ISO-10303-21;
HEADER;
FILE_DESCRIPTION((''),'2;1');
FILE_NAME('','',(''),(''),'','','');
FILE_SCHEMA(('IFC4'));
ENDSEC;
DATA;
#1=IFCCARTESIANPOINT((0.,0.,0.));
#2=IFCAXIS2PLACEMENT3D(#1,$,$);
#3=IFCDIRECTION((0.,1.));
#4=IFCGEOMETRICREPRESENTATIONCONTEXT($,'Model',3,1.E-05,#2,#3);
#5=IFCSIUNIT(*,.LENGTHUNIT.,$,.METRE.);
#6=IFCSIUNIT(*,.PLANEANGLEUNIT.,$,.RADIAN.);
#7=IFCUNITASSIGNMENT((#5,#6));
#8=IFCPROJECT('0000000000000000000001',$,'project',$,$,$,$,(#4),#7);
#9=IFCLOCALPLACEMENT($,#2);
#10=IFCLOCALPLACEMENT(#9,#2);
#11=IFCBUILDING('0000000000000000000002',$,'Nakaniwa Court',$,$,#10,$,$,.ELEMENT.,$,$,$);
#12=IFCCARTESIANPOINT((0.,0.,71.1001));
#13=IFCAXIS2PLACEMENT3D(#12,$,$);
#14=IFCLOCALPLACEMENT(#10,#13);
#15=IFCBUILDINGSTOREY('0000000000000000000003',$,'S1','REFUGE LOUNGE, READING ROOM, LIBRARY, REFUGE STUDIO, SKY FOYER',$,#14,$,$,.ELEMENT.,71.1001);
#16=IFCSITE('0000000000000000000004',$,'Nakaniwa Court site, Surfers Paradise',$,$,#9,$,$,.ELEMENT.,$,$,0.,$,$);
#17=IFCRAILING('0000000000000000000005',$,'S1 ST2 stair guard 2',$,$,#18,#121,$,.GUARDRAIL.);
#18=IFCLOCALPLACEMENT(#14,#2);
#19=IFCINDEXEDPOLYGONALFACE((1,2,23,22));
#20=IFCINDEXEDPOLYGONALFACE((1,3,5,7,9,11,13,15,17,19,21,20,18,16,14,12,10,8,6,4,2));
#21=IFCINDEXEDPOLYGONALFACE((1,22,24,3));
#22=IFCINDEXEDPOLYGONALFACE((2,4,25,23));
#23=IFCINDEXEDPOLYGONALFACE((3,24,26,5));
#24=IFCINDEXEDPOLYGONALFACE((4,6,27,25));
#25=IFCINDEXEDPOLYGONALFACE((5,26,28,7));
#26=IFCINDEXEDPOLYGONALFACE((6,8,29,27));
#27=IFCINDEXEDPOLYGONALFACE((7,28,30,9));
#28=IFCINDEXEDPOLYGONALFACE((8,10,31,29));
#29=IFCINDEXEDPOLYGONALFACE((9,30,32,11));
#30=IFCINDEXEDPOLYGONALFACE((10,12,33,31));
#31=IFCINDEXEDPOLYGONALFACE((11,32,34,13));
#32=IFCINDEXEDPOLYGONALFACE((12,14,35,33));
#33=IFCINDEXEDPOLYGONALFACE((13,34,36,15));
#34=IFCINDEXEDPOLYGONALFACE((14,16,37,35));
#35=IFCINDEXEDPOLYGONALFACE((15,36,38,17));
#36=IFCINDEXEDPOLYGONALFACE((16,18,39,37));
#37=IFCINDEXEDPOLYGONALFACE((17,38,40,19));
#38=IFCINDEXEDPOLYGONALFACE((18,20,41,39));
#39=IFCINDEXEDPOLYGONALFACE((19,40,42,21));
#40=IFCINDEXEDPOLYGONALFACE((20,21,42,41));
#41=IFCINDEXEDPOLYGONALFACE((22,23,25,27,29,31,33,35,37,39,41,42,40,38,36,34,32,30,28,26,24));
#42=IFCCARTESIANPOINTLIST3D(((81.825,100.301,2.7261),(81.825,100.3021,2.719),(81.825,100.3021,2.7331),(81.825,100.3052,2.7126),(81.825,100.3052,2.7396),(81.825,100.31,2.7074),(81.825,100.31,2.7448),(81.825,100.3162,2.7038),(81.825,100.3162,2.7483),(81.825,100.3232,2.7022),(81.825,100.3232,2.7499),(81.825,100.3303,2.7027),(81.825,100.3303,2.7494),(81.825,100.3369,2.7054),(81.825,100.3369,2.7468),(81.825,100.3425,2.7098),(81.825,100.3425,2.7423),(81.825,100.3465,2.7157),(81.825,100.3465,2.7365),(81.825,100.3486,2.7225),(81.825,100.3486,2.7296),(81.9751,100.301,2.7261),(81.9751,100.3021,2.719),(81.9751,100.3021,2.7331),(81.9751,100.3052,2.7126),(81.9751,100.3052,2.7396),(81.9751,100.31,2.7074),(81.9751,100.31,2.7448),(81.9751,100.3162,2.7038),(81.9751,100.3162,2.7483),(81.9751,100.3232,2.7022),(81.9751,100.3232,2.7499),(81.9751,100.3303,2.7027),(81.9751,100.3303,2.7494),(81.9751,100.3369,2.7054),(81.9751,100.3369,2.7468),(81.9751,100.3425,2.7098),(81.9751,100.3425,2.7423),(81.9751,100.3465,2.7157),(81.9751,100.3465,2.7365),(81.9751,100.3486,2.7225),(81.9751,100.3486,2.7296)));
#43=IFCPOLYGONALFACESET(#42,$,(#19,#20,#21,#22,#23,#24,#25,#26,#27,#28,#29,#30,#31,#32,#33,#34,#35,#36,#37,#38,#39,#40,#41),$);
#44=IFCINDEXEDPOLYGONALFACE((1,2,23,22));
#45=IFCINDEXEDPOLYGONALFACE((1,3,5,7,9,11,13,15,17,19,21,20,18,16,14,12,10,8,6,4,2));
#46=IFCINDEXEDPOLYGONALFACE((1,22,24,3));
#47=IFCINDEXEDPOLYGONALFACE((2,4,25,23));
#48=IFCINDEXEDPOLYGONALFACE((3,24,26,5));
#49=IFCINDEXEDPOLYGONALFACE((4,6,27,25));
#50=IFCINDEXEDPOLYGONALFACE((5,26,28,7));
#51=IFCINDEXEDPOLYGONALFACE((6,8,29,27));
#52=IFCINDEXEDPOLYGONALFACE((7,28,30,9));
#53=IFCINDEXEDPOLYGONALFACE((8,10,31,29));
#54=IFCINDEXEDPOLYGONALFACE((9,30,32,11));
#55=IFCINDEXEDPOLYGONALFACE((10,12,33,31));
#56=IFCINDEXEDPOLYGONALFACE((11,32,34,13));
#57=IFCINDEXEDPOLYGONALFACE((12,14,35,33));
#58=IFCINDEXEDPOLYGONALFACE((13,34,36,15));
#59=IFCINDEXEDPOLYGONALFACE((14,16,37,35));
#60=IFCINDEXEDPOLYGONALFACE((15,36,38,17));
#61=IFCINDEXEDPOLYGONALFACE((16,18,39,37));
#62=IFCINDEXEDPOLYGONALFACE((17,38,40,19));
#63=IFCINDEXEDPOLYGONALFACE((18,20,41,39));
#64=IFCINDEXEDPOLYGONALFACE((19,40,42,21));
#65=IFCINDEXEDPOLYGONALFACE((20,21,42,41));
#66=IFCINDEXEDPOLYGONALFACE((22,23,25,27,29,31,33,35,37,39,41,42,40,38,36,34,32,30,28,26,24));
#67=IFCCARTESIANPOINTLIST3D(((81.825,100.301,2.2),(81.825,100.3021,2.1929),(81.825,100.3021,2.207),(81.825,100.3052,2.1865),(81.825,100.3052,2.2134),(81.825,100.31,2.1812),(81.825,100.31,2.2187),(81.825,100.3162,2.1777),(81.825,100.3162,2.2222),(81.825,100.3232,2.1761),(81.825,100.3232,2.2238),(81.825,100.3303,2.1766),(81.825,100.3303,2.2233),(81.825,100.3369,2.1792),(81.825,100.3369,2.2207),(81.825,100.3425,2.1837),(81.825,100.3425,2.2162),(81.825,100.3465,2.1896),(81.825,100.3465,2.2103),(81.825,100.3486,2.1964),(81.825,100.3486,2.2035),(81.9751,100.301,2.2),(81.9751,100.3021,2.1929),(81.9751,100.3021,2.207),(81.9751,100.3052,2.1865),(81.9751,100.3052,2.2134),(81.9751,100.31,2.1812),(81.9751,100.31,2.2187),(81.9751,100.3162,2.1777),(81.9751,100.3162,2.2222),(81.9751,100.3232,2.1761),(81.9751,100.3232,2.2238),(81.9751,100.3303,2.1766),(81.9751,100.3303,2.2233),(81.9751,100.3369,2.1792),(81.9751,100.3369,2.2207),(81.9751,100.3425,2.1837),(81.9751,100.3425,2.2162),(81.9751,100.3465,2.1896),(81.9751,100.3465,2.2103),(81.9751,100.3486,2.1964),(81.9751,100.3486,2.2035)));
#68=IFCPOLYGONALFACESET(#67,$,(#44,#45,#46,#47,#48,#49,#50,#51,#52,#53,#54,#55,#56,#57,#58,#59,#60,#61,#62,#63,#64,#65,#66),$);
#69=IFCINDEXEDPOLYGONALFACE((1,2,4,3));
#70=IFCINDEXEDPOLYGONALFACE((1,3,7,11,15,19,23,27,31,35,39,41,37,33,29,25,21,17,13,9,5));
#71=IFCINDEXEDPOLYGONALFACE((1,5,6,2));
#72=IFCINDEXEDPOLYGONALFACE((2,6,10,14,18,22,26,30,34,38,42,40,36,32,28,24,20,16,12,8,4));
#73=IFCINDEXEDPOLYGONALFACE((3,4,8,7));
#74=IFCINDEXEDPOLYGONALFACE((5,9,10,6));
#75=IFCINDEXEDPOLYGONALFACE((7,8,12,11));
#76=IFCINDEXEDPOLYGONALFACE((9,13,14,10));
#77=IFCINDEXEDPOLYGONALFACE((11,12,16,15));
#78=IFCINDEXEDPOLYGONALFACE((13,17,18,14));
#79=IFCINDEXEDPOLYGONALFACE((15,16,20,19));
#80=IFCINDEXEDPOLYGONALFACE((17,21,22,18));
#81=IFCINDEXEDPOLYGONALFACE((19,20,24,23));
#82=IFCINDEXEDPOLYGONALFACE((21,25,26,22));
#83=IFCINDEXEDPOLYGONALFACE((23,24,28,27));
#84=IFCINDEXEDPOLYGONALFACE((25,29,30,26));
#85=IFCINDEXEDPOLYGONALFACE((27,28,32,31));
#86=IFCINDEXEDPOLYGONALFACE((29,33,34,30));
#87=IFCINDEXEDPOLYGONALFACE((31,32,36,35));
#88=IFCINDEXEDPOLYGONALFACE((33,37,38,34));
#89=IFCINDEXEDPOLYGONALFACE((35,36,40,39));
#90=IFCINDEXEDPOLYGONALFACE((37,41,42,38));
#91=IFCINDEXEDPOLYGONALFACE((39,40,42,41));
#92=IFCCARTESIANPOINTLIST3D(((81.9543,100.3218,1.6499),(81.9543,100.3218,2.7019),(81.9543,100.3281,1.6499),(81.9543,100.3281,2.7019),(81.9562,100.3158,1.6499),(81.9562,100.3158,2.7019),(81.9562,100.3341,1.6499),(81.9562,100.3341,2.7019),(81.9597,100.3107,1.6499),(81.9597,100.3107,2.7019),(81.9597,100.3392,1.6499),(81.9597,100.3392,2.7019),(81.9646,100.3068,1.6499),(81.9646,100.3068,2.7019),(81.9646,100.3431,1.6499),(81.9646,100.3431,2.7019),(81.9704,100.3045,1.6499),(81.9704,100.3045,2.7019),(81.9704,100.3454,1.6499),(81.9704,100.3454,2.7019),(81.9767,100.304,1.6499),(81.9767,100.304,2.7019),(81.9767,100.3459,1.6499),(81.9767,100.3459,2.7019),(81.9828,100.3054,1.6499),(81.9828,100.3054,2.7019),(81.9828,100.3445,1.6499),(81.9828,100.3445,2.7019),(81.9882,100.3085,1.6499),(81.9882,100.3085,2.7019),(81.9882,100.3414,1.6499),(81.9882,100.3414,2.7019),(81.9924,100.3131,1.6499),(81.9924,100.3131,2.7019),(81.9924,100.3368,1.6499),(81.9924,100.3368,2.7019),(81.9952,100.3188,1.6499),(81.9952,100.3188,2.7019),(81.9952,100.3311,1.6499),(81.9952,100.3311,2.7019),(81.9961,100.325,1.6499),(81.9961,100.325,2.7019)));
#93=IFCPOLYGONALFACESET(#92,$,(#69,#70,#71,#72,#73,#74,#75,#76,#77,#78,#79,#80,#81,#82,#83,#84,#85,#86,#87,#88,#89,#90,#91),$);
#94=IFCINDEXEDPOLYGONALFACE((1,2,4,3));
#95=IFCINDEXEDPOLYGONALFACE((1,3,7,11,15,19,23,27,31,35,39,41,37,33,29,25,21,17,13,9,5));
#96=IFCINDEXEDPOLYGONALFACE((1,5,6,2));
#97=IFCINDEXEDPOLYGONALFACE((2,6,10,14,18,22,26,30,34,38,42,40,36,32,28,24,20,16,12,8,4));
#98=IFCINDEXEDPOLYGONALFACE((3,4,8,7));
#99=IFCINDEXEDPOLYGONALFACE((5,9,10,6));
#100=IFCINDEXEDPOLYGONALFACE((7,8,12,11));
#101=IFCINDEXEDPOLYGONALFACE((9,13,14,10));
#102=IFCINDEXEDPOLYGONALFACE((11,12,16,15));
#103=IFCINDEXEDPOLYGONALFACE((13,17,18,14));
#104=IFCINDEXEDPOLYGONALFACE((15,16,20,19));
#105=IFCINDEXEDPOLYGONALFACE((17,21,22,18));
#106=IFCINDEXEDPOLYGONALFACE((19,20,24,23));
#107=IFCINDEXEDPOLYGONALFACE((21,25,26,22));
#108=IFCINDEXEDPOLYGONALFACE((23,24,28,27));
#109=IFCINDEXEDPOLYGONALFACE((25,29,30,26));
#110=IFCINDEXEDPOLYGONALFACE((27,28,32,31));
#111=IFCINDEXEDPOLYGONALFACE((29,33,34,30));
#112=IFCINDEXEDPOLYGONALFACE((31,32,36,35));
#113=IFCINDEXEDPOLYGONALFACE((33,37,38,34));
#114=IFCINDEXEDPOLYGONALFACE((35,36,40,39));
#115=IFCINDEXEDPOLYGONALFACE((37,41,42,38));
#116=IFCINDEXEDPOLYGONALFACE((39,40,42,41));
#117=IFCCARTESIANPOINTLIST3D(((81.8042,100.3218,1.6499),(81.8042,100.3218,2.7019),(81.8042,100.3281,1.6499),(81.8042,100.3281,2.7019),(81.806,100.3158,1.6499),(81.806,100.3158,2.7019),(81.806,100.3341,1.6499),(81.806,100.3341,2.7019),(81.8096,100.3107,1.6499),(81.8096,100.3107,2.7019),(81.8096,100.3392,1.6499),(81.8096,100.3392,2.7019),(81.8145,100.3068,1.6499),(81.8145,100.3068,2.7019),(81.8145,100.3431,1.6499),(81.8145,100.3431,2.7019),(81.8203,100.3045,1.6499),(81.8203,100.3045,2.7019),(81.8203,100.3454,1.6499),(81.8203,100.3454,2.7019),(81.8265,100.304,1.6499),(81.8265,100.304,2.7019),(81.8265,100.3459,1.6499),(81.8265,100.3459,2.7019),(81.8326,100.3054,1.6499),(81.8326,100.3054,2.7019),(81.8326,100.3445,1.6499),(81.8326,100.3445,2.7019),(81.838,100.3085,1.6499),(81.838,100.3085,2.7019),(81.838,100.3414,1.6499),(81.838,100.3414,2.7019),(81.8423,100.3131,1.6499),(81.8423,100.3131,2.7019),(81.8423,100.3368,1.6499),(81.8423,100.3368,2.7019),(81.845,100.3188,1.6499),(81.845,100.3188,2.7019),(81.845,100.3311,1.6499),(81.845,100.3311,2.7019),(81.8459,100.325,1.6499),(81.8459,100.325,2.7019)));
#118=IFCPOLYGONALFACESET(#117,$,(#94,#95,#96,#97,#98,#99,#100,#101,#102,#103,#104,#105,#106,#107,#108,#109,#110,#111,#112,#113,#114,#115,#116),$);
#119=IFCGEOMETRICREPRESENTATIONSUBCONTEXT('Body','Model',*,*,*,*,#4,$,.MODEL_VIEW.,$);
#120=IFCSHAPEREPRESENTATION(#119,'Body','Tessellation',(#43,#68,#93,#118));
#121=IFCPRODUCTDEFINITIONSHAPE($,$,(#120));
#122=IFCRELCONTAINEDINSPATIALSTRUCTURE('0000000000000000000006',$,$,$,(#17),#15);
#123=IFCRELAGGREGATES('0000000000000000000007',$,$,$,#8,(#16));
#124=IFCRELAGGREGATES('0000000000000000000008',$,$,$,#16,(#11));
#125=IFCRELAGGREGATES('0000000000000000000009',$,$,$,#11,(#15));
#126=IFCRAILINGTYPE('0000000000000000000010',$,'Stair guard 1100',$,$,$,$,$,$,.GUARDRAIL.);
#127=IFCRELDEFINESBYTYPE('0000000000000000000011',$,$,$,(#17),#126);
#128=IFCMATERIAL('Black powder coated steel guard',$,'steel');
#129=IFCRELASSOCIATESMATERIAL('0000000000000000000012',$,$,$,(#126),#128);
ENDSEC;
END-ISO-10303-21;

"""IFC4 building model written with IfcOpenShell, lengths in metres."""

from ifc_helpers import new_model, si_unit, direction, frame, origin, origin_2d, place, context, subcontext, project, spatial, circle, extrude, material, type_object, element, save


model = new_model("IFC4")

# Units and contexts
model_context = context("Model", 3, precision=1e-05, world=origin(), true_north=direction((0.0, 1.0)))
body_context = subcontext(model_context, "Body", "Model", "MODEL_VIEW")
ifc_project = project(units=[si_unit("LENGTHUNIT", "METRE"), si_unit("PLANEANGLEUNIT", "RADIAN")], contexts=[model_context])

# Site, building, storey
site_placement = place(None, origin())
site = spatial("IfcSite", under=ifc_project, at=site_placement, Name="Nakaniwa Court site, Surfers Paradise", CompositionType="ELEMENT", RefElevation=0.0)
building_placement = place(site_placement, origin())
building = spatial("IfcBuilding", under=site, at=building_placement, Name="Nakaniwa Court", CompositionType="ELEMENT")
storey_placement = place(building_placement, frame((0.0, 0.0, 71.1001)))
storey = spatial("IfcBuildingStorey", under=building, at=storey_placement, Name="S1", Description="REFUGE LOUNGE, READING ROOM, LIBRARY, REFUGE STUDIO, SKY FOYER", CompositionType="ELEMENT", Elevation=71.1001)

# Railing
ifc_material_1 = material(Name="Black powder coated steel guard", Category="steel")
railing_type_1 = type_object("IfcRailingType", Name="Stair guard 1100", PredefinedType="GUARDRAIL", material=ifc_material_1)
railing_1_placement = place(storey_placement, frame((81.9751, 100.325, 1.6499)))
element("IfcRailing", 1, at=railing_1_placement, inside=storey, type_object=railing_type_1, Name="S1 ST2 stair guard 2", PredefinedType="GUARDRAIL", context=body_context, shape_type="SweptSolid", body=[
    extrude(circle(Radius=0.0239, at=origin_2d()), frame((0.0, 0.0, 1.0762), z_axis=(-1.0, 0.0, 0.0), x_axis=(0.0, -1.0, 0.0)), (0.0, 0.0, 1.0), 0.1501),
    extrude(circle(Radius=0.0239, at=origin_2d()), frame((0.0, 0.0, 0.55), z_axis=(-1.0, 0.0, 0.0), x_axis=(0.0, -1.0, 0.0)), (0.0, 0.0, 1.0), 0.1501),
    extrude(circle(Radius=0.021, at=origin_2d()), origin(), (0.0, 0.0, 1.0), 1.052),
    extrude(circle(Radius=0.021, at=origin_2d()), frame((-0.1501, 0.0, 0.0)), (0.0, 0.0, 1.0), 1.052),
])

save(model, "model.ifc")
